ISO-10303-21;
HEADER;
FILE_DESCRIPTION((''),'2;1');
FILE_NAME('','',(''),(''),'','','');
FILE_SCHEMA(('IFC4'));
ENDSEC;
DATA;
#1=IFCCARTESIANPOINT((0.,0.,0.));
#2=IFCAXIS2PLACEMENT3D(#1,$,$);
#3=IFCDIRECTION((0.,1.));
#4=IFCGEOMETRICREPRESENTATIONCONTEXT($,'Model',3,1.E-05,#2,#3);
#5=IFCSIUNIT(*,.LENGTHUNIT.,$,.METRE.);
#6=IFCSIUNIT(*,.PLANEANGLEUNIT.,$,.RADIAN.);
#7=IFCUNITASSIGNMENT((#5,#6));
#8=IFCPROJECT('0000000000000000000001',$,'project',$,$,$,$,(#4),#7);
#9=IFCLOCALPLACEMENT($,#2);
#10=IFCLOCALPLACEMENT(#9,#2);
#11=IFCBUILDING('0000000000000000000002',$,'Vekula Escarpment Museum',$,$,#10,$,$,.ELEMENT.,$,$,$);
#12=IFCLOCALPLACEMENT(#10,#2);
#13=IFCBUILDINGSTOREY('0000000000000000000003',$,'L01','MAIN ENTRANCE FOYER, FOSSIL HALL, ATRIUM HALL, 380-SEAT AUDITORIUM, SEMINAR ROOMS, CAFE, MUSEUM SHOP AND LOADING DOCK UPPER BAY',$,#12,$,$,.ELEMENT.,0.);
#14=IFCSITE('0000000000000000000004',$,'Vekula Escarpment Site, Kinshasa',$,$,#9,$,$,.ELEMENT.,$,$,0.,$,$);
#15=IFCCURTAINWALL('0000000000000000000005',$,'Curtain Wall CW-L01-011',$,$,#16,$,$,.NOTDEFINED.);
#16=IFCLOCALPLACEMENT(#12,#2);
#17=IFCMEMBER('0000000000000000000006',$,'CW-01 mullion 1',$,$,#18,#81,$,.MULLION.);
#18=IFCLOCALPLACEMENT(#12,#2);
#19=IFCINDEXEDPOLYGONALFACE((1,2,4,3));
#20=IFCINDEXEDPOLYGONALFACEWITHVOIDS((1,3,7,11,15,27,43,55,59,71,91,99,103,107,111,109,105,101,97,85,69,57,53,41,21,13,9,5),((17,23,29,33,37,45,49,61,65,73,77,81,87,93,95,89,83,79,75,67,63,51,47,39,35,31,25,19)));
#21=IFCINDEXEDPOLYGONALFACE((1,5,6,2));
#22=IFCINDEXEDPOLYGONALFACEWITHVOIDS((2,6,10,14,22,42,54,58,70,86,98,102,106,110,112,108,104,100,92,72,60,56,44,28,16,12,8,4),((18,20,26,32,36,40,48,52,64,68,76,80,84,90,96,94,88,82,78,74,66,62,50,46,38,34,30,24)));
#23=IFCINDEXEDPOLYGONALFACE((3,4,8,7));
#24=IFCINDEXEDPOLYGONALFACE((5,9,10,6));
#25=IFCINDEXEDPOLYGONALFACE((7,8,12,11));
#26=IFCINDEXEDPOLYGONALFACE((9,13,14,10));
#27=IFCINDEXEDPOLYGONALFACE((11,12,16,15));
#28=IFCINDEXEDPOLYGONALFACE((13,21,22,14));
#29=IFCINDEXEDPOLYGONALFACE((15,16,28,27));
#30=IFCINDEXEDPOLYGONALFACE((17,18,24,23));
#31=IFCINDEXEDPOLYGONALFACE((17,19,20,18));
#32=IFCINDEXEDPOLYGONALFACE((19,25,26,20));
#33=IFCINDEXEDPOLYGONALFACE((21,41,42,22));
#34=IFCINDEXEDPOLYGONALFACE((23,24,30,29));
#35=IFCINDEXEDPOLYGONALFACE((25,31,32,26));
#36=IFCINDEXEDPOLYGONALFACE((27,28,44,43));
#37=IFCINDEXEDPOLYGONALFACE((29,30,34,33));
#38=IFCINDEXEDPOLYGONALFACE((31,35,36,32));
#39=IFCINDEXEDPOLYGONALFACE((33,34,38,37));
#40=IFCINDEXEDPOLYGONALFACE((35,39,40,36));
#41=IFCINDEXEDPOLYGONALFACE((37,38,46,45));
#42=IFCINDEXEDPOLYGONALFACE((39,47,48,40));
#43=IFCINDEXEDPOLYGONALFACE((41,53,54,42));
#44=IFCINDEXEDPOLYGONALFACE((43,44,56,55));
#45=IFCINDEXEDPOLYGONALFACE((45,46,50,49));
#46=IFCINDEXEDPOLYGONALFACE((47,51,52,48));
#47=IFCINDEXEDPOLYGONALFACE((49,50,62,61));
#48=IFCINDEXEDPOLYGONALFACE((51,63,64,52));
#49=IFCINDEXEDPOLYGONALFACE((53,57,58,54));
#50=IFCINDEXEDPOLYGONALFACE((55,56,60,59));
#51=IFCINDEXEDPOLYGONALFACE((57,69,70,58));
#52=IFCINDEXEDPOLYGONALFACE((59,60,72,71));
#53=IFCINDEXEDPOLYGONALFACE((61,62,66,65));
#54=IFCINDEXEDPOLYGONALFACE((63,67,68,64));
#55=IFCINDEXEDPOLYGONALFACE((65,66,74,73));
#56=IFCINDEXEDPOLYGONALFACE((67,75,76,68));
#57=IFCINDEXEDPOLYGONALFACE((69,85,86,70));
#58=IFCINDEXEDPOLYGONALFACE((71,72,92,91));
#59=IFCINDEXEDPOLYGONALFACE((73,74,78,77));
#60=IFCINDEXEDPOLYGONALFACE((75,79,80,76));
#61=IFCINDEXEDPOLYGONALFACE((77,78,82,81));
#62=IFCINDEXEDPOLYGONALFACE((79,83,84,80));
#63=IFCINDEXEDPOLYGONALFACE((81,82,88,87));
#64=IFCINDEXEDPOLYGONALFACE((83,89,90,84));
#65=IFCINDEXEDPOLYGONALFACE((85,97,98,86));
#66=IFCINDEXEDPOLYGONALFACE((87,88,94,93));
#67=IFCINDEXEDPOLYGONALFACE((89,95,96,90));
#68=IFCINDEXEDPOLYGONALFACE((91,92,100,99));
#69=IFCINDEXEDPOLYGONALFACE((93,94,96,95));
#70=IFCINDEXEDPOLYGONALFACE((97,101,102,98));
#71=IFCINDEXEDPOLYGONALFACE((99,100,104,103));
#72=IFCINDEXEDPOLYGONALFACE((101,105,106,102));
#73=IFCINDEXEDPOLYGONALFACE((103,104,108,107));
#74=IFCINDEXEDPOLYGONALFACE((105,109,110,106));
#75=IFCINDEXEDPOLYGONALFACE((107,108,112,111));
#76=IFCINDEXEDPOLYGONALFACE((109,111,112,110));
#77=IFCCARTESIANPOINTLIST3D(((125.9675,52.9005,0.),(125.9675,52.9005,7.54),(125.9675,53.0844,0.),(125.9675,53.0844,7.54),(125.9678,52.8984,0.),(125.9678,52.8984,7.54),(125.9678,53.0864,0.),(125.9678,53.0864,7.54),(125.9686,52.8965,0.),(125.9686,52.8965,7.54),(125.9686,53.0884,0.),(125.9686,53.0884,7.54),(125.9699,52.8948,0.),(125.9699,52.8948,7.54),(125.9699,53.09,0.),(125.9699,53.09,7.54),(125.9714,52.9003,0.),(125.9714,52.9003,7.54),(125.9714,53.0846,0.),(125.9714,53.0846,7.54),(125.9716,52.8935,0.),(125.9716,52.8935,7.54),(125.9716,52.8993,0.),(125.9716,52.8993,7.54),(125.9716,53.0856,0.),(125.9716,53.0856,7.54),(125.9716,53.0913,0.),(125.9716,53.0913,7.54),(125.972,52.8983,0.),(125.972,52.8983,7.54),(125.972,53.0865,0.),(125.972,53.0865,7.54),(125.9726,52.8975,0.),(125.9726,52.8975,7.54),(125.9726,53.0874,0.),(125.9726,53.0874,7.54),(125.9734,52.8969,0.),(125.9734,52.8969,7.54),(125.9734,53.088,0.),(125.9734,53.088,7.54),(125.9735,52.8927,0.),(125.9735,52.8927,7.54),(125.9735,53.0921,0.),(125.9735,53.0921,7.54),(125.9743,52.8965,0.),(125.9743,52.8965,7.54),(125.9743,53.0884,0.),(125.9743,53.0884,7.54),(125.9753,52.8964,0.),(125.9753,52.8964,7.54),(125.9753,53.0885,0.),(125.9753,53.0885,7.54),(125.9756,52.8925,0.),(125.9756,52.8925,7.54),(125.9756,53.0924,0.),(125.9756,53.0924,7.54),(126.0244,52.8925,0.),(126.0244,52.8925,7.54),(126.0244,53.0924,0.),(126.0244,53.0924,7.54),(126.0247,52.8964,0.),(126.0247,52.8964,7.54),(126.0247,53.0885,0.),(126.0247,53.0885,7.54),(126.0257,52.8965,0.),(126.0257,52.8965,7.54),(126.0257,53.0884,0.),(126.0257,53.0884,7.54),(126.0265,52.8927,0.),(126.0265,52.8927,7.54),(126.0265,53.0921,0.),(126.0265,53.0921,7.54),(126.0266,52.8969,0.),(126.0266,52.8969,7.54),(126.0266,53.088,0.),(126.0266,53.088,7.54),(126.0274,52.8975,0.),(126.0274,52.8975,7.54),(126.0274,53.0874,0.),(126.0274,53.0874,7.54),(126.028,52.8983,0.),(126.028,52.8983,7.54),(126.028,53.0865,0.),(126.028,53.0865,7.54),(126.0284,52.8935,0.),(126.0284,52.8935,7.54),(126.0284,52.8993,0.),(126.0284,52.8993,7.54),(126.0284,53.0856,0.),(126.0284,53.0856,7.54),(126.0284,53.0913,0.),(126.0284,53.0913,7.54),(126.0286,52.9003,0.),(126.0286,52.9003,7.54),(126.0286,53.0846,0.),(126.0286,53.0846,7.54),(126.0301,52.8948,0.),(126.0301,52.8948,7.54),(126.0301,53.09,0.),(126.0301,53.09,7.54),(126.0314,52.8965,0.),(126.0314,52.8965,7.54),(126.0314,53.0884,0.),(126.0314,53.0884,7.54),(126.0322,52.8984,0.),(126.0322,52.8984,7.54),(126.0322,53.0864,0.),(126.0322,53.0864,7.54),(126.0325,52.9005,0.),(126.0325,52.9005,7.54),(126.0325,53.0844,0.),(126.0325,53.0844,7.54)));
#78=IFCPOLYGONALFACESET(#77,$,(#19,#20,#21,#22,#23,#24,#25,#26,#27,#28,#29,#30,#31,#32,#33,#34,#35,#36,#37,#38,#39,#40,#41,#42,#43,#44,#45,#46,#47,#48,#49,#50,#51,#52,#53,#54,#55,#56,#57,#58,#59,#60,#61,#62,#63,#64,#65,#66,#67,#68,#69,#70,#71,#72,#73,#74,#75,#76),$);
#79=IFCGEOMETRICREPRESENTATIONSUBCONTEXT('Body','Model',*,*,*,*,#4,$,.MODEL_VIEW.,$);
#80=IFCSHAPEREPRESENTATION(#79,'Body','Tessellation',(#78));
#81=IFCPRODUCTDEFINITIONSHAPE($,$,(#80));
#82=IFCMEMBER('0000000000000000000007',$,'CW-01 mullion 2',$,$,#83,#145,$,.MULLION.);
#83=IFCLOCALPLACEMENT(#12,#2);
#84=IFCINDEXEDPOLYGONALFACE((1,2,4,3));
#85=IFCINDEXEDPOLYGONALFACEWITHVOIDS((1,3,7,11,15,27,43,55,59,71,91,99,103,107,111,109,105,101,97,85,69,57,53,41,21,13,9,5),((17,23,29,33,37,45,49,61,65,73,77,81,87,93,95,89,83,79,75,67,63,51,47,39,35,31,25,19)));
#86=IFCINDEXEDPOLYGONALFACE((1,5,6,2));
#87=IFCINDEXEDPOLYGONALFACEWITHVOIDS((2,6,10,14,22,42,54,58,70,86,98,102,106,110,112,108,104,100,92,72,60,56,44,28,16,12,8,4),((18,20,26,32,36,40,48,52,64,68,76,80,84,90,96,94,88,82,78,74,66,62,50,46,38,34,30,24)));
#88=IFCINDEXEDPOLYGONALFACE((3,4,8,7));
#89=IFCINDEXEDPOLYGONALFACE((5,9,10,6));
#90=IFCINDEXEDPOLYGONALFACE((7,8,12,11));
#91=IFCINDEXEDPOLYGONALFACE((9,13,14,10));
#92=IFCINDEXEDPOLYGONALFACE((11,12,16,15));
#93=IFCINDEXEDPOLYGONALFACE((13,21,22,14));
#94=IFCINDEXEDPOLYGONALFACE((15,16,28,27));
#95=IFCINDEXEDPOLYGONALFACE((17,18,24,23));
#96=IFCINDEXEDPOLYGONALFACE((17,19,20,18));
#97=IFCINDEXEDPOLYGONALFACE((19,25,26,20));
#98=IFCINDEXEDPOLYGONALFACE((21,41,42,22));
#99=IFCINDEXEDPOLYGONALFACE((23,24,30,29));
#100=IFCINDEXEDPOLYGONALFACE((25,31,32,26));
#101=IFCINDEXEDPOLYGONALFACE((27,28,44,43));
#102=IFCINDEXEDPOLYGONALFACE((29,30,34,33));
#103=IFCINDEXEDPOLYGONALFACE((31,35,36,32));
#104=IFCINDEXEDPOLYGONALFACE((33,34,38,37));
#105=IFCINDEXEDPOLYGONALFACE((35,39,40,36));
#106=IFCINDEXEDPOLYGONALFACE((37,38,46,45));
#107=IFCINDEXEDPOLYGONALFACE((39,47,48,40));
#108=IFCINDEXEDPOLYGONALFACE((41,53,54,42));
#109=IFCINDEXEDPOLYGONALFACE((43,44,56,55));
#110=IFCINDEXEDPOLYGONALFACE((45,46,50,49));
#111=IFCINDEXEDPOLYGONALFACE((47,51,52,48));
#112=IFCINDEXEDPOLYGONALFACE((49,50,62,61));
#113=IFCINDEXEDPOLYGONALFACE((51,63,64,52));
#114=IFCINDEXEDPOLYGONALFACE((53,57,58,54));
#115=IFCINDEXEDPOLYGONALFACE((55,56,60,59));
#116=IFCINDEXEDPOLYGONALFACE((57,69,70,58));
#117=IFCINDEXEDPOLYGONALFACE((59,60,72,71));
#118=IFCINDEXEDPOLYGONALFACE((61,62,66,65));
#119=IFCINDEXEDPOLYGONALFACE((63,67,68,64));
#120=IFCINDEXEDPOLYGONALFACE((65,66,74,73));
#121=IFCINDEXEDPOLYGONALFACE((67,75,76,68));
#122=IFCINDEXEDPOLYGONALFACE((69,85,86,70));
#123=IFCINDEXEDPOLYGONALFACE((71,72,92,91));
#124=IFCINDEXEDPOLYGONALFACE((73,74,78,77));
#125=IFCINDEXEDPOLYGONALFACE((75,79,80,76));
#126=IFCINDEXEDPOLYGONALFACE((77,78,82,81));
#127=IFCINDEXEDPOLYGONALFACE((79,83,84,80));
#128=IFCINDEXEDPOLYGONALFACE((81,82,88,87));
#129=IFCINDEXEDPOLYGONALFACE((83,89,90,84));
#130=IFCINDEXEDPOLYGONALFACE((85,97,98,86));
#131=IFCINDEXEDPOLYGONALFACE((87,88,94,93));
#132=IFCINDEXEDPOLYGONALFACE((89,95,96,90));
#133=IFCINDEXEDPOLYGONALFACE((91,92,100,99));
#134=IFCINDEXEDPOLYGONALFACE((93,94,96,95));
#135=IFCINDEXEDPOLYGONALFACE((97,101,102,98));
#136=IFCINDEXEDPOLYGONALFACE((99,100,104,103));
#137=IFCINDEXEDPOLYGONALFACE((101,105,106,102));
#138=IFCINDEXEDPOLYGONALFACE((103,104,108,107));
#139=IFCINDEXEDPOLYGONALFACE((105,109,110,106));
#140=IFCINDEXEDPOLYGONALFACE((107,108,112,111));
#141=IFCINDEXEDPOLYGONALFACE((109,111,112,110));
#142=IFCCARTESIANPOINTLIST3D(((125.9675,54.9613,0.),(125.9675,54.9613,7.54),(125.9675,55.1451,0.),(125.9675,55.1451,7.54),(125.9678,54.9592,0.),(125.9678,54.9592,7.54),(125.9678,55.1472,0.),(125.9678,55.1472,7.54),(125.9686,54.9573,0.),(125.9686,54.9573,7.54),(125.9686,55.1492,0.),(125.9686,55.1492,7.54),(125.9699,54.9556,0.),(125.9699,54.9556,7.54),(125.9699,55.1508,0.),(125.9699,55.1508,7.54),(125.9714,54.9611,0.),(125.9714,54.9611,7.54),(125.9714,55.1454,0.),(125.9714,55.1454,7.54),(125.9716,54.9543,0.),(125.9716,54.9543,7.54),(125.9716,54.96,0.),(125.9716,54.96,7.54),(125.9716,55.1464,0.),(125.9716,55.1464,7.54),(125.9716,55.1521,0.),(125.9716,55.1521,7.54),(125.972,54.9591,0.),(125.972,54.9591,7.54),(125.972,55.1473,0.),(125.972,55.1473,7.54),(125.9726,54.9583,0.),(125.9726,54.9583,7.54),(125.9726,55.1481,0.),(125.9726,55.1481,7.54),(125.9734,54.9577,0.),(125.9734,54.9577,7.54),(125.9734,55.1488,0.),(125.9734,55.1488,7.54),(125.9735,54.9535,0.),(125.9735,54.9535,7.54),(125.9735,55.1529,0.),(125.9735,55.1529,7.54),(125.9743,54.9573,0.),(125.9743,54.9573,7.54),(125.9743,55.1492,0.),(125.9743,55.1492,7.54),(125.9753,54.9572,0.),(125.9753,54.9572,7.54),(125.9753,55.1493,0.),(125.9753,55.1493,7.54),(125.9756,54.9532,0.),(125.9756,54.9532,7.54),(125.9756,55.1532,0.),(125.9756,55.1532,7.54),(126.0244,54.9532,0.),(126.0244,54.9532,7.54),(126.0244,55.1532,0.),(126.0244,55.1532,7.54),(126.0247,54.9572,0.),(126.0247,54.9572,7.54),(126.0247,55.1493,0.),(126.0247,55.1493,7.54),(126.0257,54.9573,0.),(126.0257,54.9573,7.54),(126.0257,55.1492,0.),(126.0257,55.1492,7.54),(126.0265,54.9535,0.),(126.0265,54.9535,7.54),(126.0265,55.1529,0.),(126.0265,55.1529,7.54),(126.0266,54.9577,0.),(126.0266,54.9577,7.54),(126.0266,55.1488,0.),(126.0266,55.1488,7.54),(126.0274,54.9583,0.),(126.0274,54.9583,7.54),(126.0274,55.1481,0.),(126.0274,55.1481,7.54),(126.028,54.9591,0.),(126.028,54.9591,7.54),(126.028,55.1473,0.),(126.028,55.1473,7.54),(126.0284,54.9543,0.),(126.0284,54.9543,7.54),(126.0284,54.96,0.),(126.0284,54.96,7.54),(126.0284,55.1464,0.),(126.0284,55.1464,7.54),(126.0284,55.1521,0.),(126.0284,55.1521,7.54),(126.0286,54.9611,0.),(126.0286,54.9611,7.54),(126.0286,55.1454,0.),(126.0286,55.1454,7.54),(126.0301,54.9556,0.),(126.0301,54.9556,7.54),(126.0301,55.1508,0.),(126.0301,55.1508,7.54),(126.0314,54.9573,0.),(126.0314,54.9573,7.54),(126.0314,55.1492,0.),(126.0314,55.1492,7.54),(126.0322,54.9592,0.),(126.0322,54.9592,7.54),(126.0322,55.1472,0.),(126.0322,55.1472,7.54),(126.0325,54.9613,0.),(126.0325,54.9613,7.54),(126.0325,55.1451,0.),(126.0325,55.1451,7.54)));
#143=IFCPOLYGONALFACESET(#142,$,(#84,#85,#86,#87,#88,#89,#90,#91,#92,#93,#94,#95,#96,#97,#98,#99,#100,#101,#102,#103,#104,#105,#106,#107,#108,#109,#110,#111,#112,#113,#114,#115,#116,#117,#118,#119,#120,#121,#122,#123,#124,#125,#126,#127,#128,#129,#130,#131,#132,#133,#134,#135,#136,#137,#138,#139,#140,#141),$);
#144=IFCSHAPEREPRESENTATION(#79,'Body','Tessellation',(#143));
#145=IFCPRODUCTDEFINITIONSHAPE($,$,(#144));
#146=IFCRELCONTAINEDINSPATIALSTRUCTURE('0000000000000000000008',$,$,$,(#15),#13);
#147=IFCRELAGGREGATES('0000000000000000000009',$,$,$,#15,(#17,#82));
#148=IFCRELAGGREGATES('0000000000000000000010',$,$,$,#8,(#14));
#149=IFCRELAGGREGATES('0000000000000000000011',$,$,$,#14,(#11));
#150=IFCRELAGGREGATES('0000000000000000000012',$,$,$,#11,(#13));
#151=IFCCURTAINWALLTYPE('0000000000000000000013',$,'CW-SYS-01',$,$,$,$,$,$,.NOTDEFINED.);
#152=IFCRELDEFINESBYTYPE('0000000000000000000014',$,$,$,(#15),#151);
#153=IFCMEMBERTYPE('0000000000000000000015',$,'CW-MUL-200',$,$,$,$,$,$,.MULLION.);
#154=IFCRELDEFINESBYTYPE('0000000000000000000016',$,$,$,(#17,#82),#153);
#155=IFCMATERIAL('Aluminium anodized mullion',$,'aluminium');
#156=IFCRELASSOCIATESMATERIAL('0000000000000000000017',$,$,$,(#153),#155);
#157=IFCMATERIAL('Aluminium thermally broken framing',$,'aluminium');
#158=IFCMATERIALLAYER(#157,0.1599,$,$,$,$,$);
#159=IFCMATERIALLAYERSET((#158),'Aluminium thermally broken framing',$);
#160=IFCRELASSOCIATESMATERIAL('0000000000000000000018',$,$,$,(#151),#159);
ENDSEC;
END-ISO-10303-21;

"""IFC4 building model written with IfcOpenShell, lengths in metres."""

from ifc_helpers import new_model, si_unit, direction, frame, origin, origin_2d, place, context, subcontext, project, spatial, hollow_rectangle, extrude, material, layer, layer_set, material_profile, profile_set, type_object, element, aggregate, save


model = new_model("IFC4")

# Units and contexts
model_context = context("Model", 3, precision=1e-05, world=origin(), true_north=direction((0.0, 1.0)))
body_context = subcontext(model_context, "Body", "Model", "MODEL_VIEW")
ifc_project = project(units=[si_unit("LENGTHUNIT", "METRE"), si_unit("PLANEANGLEUNIT", "RADIAN")], contexts=[model_context])

# Site, building, storey
site_placement = place(None, origin())
site = spatial("IfcSite", under=ifc_project, at=site_placement, Name="Vekula Escarpment Site, Kinshasa", CompositionType="ELEMENT", RefElevation=0.0)
building_placement = place(site_placement, origin())
building = spatial("IfcBuilding", under=site, at=building_placement, Name="Vekula Escarpment Museum", CompositionType="ELEMENT")
storey_placement = place(building_placement, origin())
storey = spatial("IfcBuildingStorey", under=building, at=storey_placement, Name="L01", Description="MAIN ENTRANCE FOYER, FOSSIL HALL, ATRIUM HALL, 380-SEAT AUDITORIUM, SEMINAR ROOMS, CAFE, MUSEUM SHOP AND LOADING DOCK UPPER BAY", CompositionType="ELEMENT", Elevation=0.0)

# Shared definitions
ifc_material_1 = material(Name="Aluminium anodized mullion", Category="aluminium")
ifc_material_profile_1 = material_profile(ifc_material_1, hollow_rectangle(XDim=0.0649, YDim=0.2, WallThickness=0.0039, InnerFilletRadius=0.0039, OuterFilletRadius=0.0081, at=origin_2d()), Name="ALU 200x65x4")
ifc_profile_set_1 = profile_set([ifc_material_profile_1], Name="Aluminium anodized mullion")
member_type_1 = type_object("IfcMemberType", Name="CW-MUL-200", PredefinedType="MULLION", material=ifc_profile_set_1)

# Curtain wall, members
ifc_material_2 = material(Name="Aluminium thermally broken framing", Category="aluminium")
ifc_layer_1 = layer(ifc_material_2, 0.1599)
ifc_layer_set_1 = layer_set([ifc_layer_1], Name="Aluminium thermally broken framing")
curtain_wall_type_1 = type_object("IfcCurtainWallType", Name="CW-SYS-01", PredefinedType="NOTDEFINED", material=ifc_layer_set_1)
curtain_wall_1_placement = place(storey_placement, origin())
curtain_wall_1 = element("IfcCurtainWall", 1, at=curtain_wall_1_placement, inside=storey, type_object=curtain_wall_type_1, Name="Curtain Wall CW-L01-011", PredefinedType="NOTDEFINED")
member_1_placement = place(storey_placement, frame((126.0, 52.9924, 0.0), z_axis=(0.0, 0.0, 1.0), x_axis=(-1.0, 0.0, 0.0)))
member_1 = element("IfcMember", 2, at=member_1_placement, type_object=member_type_1, Name="CW-01 mullion 1", PredefinedType="MULLION", context=body_context, shape_type="SweptSolid", body=[
    extrude(hollow_rectangle(XDim=0.0649, YDim=0.2, WallThickness=0.0039, InnerFilletRadius=0.0039, OuterFilletRadius=0.0081, at=origin_2d()), origin(), (0.0, 0.0, 1.0), 7.54),
])
member_2_placement = place(storey_placement, frame((126.0, 55.0532, 0.0), z_axis=(0.0, 0.0, 1.0), x_axis=(-1.0, 0.0, 0.0)))
member_2 = element("IfcMember", 3, at=member_2_placement, type_object=member_type_1, Name="CW-01 mullion 2", PredefinedType="MULLION", context=body_context, shape_type="SweptSolid", body=[
    extrude(hollow_rectangle(XDim=0.0649, YDim=0.2, WallThickness=0.0039, InnerFilletRadius=0.0039, OuterFilletRadius=0.0081, at=origin_2d()), origin(), (0.0, 0.0, 1.0), 7.54),
])

aggregate(curtain_wall_1, [member_1, member_2])

save(model, "model.ifc")
